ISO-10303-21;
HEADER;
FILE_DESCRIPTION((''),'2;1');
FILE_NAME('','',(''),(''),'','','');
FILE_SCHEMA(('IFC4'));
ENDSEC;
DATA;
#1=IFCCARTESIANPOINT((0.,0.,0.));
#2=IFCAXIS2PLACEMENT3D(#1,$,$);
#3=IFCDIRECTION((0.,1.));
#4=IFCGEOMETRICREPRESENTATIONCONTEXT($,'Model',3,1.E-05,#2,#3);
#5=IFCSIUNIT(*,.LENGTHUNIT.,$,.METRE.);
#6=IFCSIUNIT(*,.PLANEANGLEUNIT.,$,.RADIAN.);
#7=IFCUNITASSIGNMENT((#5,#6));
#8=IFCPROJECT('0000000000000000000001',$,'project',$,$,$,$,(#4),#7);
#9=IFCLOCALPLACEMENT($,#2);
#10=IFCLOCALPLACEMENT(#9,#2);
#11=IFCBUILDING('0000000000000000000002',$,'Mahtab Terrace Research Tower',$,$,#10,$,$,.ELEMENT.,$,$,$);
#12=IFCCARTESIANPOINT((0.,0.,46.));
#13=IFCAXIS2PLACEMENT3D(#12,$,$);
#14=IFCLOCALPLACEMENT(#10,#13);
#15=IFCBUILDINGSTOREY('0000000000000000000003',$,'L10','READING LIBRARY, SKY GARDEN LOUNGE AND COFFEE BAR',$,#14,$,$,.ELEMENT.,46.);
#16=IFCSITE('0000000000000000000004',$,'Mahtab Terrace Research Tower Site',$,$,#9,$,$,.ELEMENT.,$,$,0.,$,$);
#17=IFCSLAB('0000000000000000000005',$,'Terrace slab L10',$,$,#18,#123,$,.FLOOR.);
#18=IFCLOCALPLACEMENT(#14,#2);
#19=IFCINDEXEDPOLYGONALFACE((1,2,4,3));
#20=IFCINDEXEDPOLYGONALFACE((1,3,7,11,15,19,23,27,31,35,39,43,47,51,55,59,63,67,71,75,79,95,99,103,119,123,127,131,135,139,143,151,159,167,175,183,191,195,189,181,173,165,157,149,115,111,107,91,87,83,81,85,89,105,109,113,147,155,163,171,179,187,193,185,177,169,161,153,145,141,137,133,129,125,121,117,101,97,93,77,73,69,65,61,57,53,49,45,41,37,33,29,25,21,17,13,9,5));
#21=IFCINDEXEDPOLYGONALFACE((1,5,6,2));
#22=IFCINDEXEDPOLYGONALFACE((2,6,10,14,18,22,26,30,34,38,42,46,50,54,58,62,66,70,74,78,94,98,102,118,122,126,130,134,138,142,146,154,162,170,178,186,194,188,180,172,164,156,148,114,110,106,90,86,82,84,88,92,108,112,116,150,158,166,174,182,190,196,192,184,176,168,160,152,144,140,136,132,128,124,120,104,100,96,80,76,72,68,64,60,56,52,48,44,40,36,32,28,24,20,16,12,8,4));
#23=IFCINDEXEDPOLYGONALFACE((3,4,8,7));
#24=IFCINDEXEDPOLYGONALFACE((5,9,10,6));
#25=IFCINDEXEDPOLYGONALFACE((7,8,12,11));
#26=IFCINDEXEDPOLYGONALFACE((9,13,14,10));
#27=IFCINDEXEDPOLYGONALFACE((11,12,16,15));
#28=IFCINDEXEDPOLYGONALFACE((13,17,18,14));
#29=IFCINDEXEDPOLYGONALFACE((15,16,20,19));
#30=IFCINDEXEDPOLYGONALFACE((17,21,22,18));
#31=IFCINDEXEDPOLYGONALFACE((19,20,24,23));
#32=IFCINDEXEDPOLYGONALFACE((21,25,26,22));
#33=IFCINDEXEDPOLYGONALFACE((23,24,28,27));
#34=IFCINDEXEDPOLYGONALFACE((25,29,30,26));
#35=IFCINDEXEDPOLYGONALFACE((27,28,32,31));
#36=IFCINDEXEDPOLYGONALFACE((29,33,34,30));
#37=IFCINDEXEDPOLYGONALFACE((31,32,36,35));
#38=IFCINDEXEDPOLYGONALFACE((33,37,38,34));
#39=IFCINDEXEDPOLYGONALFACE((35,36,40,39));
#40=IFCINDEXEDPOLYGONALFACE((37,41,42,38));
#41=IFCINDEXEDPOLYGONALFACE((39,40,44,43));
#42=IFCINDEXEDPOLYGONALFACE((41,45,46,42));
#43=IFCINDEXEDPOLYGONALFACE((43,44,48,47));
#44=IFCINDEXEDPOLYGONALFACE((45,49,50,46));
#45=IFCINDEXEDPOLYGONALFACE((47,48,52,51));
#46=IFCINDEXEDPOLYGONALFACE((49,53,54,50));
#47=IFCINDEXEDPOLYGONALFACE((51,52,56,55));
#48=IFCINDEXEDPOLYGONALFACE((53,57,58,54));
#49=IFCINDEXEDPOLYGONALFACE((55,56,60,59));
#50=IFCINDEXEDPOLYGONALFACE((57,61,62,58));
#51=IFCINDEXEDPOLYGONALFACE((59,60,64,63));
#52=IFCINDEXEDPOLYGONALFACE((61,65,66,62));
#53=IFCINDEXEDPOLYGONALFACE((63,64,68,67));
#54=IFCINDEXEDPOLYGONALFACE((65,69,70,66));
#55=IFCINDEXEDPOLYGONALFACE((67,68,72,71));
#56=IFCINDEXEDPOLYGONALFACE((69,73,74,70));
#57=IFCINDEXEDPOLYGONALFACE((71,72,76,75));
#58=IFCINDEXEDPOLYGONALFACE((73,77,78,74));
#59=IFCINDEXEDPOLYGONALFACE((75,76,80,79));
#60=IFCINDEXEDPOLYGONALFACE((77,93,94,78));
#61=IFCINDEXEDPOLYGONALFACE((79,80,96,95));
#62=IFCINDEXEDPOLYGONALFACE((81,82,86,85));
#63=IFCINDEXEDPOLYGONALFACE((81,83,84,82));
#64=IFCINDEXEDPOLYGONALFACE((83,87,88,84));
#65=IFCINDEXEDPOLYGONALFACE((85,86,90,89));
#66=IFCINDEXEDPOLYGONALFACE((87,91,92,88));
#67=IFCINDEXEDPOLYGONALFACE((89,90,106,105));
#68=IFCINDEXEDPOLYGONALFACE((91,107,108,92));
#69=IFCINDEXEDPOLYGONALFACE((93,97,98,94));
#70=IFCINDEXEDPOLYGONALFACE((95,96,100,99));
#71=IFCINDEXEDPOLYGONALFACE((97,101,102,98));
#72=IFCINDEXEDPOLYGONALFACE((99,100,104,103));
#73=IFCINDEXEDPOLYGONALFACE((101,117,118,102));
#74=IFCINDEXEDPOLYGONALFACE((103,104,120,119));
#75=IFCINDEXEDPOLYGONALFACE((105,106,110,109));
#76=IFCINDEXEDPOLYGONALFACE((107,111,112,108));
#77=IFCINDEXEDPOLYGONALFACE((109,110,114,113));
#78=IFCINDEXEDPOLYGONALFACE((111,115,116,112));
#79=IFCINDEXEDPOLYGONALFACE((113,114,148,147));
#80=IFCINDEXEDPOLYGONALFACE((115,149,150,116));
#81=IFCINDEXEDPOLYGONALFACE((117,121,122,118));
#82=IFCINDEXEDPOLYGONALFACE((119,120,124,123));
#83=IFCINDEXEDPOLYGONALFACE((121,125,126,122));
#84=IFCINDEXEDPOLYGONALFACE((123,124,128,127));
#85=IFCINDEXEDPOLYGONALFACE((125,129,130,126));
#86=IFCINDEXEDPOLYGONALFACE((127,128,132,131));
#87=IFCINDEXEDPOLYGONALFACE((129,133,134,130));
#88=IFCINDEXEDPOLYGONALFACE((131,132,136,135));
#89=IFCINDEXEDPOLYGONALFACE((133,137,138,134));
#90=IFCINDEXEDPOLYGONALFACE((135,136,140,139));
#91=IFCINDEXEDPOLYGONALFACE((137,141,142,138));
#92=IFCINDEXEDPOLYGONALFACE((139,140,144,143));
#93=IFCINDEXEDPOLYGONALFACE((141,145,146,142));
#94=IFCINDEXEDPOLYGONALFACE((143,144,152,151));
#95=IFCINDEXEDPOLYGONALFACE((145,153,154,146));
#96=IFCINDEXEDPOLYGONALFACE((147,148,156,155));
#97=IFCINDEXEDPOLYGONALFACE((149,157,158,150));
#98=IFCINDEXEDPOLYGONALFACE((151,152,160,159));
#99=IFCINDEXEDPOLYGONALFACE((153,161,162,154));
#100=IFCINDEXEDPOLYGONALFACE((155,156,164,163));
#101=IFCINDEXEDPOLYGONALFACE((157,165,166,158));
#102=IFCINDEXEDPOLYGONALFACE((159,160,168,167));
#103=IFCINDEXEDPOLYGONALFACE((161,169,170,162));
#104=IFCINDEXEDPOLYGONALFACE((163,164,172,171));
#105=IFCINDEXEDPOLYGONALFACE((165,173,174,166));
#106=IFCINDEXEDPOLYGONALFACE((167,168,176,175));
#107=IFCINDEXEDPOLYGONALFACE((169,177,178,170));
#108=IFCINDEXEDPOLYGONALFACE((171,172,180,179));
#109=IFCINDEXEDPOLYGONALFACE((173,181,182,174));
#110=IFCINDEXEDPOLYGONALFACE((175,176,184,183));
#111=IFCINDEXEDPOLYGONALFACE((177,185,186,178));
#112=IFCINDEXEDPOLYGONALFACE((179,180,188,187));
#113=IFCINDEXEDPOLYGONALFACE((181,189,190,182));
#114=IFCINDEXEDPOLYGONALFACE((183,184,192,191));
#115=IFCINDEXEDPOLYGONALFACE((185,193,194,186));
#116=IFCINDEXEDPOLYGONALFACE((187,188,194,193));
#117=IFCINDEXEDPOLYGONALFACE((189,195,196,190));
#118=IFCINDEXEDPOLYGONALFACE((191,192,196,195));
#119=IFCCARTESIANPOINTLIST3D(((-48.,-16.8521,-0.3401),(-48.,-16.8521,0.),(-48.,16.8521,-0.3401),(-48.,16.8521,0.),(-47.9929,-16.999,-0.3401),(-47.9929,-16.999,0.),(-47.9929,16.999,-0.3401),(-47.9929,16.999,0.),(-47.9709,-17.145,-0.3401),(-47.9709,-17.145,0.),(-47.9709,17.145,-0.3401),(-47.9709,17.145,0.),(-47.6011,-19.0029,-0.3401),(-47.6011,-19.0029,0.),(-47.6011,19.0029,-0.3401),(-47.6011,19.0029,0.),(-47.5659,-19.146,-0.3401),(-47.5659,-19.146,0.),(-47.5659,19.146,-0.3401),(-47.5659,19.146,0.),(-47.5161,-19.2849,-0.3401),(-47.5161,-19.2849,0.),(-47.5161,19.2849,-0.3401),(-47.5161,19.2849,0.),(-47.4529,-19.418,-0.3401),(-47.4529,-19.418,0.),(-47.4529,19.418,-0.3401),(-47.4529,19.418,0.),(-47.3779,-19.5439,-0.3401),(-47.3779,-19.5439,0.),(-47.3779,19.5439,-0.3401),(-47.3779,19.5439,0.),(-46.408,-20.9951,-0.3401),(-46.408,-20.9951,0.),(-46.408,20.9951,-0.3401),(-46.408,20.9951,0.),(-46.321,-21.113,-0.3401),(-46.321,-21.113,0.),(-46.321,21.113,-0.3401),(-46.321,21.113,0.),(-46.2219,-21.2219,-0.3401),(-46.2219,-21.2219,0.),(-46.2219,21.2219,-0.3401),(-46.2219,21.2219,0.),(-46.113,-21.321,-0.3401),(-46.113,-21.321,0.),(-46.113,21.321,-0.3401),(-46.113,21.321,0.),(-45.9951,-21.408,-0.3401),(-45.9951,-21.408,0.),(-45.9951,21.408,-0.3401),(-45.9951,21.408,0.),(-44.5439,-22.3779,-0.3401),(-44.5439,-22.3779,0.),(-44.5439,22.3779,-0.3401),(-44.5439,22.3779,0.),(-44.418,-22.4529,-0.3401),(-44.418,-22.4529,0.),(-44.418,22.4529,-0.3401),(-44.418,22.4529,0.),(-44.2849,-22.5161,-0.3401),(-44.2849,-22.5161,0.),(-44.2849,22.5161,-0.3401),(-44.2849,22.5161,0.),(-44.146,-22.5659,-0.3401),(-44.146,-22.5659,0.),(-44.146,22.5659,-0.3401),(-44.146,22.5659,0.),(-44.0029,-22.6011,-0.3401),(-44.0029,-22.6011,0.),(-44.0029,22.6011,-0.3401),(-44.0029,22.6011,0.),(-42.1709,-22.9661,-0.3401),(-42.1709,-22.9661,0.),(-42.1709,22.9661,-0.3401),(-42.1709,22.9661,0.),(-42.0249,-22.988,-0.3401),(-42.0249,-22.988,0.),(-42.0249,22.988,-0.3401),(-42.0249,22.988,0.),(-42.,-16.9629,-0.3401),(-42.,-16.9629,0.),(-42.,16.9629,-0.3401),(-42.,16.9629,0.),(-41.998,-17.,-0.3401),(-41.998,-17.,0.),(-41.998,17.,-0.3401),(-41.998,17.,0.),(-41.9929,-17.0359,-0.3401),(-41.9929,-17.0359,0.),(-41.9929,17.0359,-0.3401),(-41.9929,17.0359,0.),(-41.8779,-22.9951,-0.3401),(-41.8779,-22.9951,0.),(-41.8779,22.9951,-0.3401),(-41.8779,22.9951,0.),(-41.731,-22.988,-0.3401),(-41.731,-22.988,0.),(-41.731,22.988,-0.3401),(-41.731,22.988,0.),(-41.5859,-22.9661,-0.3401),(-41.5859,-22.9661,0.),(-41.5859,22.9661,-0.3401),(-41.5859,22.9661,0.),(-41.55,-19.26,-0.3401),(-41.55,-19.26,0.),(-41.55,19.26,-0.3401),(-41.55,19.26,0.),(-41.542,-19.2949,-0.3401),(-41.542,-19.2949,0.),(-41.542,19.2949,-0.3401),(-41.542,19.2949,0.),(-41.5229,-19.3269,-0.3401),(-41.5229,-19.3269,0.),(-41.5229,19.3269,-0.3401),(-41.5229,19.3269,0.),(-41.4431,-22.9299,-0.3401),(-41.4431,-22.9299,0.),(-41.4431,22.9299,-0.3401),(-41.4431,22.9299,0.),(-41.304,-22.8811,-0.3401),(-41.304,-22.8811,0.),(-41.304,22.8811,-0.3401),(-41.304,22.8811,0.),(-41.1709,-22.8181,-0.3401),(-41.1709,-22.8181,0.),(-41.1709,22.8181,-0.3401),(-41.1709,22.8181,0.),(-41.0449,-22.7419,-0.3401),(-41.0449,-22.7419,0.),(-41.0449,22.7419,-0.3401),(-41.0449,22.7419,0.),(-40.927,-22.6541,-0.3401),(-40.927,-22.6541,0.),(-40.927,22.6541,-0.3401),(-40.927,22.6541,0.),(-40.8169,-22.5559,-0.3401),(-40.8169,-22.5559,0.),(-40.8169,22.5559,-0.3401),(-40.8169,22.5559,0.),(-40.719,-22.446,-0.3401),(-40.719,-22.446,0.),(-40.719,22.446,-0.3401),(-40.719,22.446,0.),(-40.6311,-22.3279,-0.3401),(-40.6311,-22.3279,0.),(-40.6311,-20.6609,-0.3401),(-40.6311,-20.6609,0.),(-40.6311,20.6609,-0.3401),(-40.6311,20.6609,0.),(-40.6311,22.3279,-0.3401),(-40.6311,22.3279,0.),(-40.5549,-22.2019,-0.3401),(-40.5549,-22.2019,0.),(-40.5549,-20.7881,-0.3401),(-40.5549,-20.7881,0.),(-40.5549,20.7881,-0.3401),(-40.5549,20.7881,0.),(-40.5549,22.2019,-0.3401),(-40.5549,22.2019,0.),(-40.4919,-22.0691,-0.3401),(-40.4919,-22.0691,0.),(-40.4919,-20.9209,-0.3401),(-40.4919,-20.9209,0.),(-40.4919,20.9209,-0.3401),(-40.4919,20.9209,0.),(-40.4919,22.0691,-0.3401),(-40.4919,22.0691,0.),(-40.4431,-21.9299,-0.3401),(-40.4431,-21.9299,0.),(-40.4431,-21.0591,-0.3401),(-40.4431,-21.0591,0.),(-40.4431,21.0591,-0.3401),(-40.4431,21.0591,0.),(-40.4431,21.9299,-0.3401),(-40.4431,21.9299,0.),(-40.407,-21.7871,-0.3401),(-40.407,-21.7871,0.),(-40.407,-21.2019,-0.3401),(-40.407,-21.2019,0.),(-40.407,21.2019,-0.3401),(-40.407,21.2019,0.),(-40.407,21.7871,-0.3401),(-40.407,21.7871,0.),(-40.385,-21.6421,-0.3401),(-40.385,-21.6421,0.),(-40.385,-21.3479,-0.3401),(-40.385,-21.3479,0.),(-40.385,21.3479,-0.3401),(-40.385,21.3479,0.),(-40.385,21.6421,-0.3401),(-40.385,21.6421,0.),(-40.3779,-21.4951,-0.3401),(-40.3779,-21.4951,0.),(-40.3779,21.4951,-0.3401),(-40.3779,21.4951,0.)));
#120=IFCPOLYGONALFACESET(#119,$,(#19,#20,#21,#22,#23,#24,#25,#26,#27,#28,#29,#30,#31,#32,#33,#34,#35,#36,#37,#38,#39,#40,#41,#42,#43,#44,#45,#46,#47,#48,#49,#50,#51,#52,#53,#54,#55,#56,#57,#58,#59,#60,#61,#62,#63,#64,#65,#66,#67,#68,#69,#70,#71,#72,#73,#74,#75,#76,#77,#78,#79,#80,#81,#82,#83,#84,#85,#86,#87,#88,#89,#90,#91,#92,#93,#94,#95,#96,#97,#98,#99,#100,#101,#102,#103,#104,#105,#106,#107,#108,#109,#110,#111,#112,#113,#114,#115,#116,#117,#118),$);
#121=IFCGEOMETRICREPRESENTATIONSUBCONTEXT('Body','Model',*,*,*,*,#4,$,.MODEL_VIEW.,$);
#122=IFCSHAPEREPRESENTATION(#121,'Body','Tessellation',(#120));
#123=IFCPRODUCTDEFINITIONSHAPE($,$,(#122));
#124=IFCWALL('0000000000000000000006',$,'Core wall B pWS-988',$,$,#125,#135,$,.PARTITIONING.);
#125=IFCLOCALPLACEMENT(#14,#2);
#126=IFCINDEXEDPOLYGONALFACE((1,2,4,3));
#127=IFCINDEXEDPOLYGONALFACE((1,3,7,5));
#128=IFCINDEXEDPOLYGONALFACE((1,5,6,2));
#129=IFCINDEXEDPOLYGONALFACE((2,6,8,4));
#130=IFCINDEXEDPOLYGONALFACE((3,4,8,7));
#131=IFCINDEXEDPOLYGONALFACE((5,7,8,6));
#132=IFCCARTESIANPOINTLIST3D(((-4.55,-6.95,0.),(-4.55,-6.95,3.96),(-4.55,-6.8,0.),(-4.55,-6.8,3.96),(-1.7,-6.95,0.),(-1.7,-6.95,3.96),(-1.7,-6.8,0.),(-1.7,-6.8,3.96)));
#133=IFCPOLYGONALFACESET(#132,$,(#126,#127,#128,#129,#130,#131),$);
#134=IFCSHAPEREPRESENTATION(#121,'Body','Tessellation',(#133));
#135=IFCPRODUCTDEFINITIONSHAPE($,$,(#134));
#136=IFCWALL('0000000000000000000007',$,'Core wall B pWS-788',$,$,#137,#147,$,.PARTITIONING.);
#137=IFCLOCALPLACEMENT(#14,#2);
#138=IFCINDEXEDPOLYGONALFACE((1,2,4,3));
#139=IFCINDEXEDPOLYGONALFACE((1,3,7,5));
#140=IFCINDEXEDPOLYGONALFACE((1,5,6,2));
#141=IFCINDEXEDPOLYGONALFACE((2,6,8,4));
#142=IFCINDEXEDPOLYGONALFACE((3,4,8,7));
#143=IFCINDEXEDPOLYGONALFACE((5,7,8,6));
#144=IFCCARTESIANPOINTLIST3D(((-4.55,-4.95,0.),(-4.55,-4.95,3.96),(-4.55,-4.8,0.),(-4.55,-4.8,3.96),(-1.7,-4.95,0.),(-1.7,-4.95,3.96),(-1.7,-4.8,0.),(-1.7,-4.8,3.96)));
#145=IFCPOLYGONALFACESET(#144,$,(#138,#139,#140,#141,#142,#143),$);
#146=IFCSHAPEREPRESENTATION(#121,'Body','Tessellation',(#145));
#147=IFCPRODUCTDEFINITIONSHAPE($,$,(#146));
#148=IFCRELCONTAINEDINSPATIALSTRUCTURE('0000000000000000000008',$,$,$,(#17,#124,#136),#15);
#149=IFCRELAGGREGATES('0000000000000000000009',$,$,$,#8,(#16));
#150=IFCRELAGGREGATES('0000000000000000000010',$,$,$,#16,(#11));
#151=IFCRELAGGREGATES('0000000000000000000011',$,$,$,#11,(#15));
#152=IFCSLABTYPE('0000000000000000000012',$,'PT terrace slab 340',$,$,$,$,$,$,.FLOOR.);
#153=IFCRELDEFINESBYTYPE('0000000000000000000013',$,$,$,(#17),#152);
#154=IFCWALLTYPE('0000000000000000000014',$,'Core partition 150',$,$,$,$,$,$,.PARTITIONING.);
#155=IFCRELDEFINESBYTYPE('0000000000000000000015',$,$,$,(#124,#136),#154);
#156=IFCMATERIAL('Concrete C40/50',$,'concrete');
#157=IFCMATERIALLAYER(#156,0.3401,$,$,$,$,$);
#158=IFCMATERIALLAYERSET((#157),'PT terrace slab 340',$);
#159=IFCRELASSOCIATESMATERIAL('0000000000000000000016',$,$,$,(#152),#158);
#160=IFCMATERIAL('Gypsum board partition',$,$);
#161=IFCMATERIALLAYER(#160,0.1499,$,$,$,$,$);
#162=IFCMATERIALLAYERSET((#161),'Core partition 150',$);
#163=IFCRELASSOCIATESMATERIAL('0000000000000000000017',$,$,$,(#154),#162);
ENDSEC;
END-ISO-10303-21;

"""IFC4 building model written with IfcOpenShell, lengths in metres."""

from ifc_helpers import new_model, si_unit, direction, frame, frame_2d, origin, place, context, subcontext, project, spatial, polyline, rectangle, outline, extrude, material, layer, layer_set, type_object, element, save


model = new_model("IFC4")

# Units and contexts
model_context = context("Model", 3, precision=1e-05, world=origin(), true_north=direction((0.0, 1.0)))
body_context = subcontext(model_context, "Body", "Model", "MODEL_VIEW")
ifc_project = project(units=[si_unit("LENGTHUNIT", "METRE"), si_unit("PLANEANGLEUNIT", "RADIAN")], contexts=[model_context])

# Site, building, storey
site_placement = place(None, origin())
site = spatial("IfcSite", under=ifc_project, at=site_placement, Name="Mahtab Terrace Research Tower Site", CompositionType="ELEMENT", RefElevation=0.0)
building_placement = place(site_placement, origin())
building = spatial("IfcBuilding", under=site, at=building_placement, Name="Mahtab Terrace Research Tower", CompositionType="ELEMENT")
storey_placement = place(building_placement, frame((0.0, 0.0, 46.0)))
storey = spatial("IfcBuildingStorey", under=building, at=storey_placement, Name="L10", Description="READING LIBRARY, SKY GARDEN LOUNGE AND COFFEE BAR", CompositionType="ELEMENT", Elevation=46.0)

# Slab
ifc_material_1 = material(Name="Concrete C40/50", Category="concrete")
ifc_layer_1 = layer(ifc_material_1, 0.3401)
ifc_layer_set_1 = layer_set([ifc_layer_1], Name="PT terrace slab 340")
slab_type_1 = type_object("IfcSlabType", Name="PT terrace slab 340", PredefinedType="FLOOR", material=ifc_layer_set_1)
slab_1_placement = place(storey_placement, frame((0.0, 0.0, -0.3401)))
element("IfcSlab", 1, at=slab_1_placement, inside=storey, type_object=slab_type_1, Name="Terrace slab L10", PredefinedType="FLOOR", context=body_context, shape_type="SweptSolid", body=[
    extrude(outline(polyline([(-41.55, -19.26), (-41.9929, -17.0359), (-41.998, -17.0), (-42.0, -16.9629), (-42.0, 16.9629), (-41.998, 17.0), (-41.9929, 17.0359), (-41.55, 19.26), (-41.542, 19.2949), (-41.5229, 19.3269), (-40.6311, 20.6609), (-40.5549, 20.7881), (-40.4919, 20.9209), (-40.4431, 21.0591), (-40.407, 21.2019), (-40.385, 21.3479), (-40.3779, 21.4951), (-40.385, 21.6421), (-40.407, 21.7871), (-40.4431, 21.9299), (-40.4919, 22.0691), (-40.5549, 22.2019), (-40.6311, 22.3279), (-40.719, 22.446), (-40.8169, 22.5559), (-40.927, 22.6541), (-41.0449, 22.7419), (-41.1709, 22.8181), (-41.304, 22.8811), (-41.4431, 22.9299), (-41.5859, 22.9661), (-41.731, 22.988), (-41.8779, 22.9951), (-42.0249, 22.988), (-42.1709, 22.9661), (-44.0029, 22.6011), (-44.146, 22.5659), (-44.2849, 22.5161), (-44.418, 22.4529), (-44.5439, 22.3779), (-45.9951, 21.408), (-46.113, 21.321), (-46.2219, 21.2219), (-46.321, 21.113), (-46.408, 20.9951), (-47.3779, 19.5439), (-47.4529, 19.418), (-47.5161, 19.2849), (-47.5659, 19.146), (-47.6011, 19.0029), (-47.9709, 17.145), (-47.9929, 16.999), (-48.0, 16.8521), (-48.0, -16.8521), (-47.9929, -16.999), (-47.9709, -17.145), (-47.6011, -19.0029), (-47.5659, -19.146), (-47.5161, -19.2849), (-47.4529, -19.418), (-47.3779, -19.5439), (-46.408, -20.9951), (-46.321, -21.113), (-46.2219, -21.2219), (-46.113, -21.321), (-45.9951, -21.408), (-44.5439, -22.3779), (-44.418, -22.4529), (-44.2849, -22.5161), (-44.146, -22.5659), (-44.0029, -22.6011), (-42.1709, -22.9661), (-42.0249, -22.988), (-41.8779, -22.9951), (-41.731, -22.988), (-41.5859, -22.9661), (-41.4431, -22.9299), (-41.304, -22.8811), (-41.1709, -22.8181), (-41.0449, -22.7419), (-40.927, -22.6541), (-40.8169, -22.5559), (-40.719, -22.446), (-40.6311, -22.3279), (-40.5549, -22.2019), (-40.4919, -22.0691), (-40.4431, -21.9299), (-40.407, -21.7871), (-40.385, -21.6421), (-40.3779, -21.4951), (-40.385, -21.3479), (-40.407, -21.2019), (-40.4431, -21.0591), (-40.4919, -20.9209), (-40.5549, -20.7881), (-40.6311, -20.6609), (-41.5229, -19.3269), (-41.542, -19.2949), (-41.55, -19.26)])), origin(), (0.0, 0.0, 1.0), 0.3401),
])

# Walls
ifc_material_2 = material(Name="Gypsum board partition")
ifc_layer_2 = layer(ifc_material_2, 0.1499)
ifc_layer_set_2 = layer_set([ifc_layer_2], Name="Core partition 150")
wall_type_1 = type_object("IfcWallType", Name="Core partition 150", PredefinedType="PARTITIONING", material=ifc_layer_set_2)
for number, where, z_axis, x_axis, name in (
    (2, (-4.55, -6.875, 0.0), (0.0, 0.0, 1.0), (1.0, 0.0, 0.0), "Core wall B pWS-988"),
    (3, (-4.55, -4.875, 0.0), (0.0, 0.0, 1.0), (1.0, 0.0, 0.0), "Core wall B pWS-788"),
):
    element("IfcWall", number, at=place(storey_placement, frame(where, z_axis=z_axis, x_axis=x_axis)), inside=storey, type_object=wall_type_1, Name=name, PredefinedType="PARTITIONING", context=body_context, shape_type="SweptSolid", body=[
        extrude(rectangle(XDim=2.8501, YDim=0.1499, at=frame_2d((1.425, 0.0))), origin(), (0.0, 0.0, 1.0), 3.96),
    ])

save(model, "model.ifc")
